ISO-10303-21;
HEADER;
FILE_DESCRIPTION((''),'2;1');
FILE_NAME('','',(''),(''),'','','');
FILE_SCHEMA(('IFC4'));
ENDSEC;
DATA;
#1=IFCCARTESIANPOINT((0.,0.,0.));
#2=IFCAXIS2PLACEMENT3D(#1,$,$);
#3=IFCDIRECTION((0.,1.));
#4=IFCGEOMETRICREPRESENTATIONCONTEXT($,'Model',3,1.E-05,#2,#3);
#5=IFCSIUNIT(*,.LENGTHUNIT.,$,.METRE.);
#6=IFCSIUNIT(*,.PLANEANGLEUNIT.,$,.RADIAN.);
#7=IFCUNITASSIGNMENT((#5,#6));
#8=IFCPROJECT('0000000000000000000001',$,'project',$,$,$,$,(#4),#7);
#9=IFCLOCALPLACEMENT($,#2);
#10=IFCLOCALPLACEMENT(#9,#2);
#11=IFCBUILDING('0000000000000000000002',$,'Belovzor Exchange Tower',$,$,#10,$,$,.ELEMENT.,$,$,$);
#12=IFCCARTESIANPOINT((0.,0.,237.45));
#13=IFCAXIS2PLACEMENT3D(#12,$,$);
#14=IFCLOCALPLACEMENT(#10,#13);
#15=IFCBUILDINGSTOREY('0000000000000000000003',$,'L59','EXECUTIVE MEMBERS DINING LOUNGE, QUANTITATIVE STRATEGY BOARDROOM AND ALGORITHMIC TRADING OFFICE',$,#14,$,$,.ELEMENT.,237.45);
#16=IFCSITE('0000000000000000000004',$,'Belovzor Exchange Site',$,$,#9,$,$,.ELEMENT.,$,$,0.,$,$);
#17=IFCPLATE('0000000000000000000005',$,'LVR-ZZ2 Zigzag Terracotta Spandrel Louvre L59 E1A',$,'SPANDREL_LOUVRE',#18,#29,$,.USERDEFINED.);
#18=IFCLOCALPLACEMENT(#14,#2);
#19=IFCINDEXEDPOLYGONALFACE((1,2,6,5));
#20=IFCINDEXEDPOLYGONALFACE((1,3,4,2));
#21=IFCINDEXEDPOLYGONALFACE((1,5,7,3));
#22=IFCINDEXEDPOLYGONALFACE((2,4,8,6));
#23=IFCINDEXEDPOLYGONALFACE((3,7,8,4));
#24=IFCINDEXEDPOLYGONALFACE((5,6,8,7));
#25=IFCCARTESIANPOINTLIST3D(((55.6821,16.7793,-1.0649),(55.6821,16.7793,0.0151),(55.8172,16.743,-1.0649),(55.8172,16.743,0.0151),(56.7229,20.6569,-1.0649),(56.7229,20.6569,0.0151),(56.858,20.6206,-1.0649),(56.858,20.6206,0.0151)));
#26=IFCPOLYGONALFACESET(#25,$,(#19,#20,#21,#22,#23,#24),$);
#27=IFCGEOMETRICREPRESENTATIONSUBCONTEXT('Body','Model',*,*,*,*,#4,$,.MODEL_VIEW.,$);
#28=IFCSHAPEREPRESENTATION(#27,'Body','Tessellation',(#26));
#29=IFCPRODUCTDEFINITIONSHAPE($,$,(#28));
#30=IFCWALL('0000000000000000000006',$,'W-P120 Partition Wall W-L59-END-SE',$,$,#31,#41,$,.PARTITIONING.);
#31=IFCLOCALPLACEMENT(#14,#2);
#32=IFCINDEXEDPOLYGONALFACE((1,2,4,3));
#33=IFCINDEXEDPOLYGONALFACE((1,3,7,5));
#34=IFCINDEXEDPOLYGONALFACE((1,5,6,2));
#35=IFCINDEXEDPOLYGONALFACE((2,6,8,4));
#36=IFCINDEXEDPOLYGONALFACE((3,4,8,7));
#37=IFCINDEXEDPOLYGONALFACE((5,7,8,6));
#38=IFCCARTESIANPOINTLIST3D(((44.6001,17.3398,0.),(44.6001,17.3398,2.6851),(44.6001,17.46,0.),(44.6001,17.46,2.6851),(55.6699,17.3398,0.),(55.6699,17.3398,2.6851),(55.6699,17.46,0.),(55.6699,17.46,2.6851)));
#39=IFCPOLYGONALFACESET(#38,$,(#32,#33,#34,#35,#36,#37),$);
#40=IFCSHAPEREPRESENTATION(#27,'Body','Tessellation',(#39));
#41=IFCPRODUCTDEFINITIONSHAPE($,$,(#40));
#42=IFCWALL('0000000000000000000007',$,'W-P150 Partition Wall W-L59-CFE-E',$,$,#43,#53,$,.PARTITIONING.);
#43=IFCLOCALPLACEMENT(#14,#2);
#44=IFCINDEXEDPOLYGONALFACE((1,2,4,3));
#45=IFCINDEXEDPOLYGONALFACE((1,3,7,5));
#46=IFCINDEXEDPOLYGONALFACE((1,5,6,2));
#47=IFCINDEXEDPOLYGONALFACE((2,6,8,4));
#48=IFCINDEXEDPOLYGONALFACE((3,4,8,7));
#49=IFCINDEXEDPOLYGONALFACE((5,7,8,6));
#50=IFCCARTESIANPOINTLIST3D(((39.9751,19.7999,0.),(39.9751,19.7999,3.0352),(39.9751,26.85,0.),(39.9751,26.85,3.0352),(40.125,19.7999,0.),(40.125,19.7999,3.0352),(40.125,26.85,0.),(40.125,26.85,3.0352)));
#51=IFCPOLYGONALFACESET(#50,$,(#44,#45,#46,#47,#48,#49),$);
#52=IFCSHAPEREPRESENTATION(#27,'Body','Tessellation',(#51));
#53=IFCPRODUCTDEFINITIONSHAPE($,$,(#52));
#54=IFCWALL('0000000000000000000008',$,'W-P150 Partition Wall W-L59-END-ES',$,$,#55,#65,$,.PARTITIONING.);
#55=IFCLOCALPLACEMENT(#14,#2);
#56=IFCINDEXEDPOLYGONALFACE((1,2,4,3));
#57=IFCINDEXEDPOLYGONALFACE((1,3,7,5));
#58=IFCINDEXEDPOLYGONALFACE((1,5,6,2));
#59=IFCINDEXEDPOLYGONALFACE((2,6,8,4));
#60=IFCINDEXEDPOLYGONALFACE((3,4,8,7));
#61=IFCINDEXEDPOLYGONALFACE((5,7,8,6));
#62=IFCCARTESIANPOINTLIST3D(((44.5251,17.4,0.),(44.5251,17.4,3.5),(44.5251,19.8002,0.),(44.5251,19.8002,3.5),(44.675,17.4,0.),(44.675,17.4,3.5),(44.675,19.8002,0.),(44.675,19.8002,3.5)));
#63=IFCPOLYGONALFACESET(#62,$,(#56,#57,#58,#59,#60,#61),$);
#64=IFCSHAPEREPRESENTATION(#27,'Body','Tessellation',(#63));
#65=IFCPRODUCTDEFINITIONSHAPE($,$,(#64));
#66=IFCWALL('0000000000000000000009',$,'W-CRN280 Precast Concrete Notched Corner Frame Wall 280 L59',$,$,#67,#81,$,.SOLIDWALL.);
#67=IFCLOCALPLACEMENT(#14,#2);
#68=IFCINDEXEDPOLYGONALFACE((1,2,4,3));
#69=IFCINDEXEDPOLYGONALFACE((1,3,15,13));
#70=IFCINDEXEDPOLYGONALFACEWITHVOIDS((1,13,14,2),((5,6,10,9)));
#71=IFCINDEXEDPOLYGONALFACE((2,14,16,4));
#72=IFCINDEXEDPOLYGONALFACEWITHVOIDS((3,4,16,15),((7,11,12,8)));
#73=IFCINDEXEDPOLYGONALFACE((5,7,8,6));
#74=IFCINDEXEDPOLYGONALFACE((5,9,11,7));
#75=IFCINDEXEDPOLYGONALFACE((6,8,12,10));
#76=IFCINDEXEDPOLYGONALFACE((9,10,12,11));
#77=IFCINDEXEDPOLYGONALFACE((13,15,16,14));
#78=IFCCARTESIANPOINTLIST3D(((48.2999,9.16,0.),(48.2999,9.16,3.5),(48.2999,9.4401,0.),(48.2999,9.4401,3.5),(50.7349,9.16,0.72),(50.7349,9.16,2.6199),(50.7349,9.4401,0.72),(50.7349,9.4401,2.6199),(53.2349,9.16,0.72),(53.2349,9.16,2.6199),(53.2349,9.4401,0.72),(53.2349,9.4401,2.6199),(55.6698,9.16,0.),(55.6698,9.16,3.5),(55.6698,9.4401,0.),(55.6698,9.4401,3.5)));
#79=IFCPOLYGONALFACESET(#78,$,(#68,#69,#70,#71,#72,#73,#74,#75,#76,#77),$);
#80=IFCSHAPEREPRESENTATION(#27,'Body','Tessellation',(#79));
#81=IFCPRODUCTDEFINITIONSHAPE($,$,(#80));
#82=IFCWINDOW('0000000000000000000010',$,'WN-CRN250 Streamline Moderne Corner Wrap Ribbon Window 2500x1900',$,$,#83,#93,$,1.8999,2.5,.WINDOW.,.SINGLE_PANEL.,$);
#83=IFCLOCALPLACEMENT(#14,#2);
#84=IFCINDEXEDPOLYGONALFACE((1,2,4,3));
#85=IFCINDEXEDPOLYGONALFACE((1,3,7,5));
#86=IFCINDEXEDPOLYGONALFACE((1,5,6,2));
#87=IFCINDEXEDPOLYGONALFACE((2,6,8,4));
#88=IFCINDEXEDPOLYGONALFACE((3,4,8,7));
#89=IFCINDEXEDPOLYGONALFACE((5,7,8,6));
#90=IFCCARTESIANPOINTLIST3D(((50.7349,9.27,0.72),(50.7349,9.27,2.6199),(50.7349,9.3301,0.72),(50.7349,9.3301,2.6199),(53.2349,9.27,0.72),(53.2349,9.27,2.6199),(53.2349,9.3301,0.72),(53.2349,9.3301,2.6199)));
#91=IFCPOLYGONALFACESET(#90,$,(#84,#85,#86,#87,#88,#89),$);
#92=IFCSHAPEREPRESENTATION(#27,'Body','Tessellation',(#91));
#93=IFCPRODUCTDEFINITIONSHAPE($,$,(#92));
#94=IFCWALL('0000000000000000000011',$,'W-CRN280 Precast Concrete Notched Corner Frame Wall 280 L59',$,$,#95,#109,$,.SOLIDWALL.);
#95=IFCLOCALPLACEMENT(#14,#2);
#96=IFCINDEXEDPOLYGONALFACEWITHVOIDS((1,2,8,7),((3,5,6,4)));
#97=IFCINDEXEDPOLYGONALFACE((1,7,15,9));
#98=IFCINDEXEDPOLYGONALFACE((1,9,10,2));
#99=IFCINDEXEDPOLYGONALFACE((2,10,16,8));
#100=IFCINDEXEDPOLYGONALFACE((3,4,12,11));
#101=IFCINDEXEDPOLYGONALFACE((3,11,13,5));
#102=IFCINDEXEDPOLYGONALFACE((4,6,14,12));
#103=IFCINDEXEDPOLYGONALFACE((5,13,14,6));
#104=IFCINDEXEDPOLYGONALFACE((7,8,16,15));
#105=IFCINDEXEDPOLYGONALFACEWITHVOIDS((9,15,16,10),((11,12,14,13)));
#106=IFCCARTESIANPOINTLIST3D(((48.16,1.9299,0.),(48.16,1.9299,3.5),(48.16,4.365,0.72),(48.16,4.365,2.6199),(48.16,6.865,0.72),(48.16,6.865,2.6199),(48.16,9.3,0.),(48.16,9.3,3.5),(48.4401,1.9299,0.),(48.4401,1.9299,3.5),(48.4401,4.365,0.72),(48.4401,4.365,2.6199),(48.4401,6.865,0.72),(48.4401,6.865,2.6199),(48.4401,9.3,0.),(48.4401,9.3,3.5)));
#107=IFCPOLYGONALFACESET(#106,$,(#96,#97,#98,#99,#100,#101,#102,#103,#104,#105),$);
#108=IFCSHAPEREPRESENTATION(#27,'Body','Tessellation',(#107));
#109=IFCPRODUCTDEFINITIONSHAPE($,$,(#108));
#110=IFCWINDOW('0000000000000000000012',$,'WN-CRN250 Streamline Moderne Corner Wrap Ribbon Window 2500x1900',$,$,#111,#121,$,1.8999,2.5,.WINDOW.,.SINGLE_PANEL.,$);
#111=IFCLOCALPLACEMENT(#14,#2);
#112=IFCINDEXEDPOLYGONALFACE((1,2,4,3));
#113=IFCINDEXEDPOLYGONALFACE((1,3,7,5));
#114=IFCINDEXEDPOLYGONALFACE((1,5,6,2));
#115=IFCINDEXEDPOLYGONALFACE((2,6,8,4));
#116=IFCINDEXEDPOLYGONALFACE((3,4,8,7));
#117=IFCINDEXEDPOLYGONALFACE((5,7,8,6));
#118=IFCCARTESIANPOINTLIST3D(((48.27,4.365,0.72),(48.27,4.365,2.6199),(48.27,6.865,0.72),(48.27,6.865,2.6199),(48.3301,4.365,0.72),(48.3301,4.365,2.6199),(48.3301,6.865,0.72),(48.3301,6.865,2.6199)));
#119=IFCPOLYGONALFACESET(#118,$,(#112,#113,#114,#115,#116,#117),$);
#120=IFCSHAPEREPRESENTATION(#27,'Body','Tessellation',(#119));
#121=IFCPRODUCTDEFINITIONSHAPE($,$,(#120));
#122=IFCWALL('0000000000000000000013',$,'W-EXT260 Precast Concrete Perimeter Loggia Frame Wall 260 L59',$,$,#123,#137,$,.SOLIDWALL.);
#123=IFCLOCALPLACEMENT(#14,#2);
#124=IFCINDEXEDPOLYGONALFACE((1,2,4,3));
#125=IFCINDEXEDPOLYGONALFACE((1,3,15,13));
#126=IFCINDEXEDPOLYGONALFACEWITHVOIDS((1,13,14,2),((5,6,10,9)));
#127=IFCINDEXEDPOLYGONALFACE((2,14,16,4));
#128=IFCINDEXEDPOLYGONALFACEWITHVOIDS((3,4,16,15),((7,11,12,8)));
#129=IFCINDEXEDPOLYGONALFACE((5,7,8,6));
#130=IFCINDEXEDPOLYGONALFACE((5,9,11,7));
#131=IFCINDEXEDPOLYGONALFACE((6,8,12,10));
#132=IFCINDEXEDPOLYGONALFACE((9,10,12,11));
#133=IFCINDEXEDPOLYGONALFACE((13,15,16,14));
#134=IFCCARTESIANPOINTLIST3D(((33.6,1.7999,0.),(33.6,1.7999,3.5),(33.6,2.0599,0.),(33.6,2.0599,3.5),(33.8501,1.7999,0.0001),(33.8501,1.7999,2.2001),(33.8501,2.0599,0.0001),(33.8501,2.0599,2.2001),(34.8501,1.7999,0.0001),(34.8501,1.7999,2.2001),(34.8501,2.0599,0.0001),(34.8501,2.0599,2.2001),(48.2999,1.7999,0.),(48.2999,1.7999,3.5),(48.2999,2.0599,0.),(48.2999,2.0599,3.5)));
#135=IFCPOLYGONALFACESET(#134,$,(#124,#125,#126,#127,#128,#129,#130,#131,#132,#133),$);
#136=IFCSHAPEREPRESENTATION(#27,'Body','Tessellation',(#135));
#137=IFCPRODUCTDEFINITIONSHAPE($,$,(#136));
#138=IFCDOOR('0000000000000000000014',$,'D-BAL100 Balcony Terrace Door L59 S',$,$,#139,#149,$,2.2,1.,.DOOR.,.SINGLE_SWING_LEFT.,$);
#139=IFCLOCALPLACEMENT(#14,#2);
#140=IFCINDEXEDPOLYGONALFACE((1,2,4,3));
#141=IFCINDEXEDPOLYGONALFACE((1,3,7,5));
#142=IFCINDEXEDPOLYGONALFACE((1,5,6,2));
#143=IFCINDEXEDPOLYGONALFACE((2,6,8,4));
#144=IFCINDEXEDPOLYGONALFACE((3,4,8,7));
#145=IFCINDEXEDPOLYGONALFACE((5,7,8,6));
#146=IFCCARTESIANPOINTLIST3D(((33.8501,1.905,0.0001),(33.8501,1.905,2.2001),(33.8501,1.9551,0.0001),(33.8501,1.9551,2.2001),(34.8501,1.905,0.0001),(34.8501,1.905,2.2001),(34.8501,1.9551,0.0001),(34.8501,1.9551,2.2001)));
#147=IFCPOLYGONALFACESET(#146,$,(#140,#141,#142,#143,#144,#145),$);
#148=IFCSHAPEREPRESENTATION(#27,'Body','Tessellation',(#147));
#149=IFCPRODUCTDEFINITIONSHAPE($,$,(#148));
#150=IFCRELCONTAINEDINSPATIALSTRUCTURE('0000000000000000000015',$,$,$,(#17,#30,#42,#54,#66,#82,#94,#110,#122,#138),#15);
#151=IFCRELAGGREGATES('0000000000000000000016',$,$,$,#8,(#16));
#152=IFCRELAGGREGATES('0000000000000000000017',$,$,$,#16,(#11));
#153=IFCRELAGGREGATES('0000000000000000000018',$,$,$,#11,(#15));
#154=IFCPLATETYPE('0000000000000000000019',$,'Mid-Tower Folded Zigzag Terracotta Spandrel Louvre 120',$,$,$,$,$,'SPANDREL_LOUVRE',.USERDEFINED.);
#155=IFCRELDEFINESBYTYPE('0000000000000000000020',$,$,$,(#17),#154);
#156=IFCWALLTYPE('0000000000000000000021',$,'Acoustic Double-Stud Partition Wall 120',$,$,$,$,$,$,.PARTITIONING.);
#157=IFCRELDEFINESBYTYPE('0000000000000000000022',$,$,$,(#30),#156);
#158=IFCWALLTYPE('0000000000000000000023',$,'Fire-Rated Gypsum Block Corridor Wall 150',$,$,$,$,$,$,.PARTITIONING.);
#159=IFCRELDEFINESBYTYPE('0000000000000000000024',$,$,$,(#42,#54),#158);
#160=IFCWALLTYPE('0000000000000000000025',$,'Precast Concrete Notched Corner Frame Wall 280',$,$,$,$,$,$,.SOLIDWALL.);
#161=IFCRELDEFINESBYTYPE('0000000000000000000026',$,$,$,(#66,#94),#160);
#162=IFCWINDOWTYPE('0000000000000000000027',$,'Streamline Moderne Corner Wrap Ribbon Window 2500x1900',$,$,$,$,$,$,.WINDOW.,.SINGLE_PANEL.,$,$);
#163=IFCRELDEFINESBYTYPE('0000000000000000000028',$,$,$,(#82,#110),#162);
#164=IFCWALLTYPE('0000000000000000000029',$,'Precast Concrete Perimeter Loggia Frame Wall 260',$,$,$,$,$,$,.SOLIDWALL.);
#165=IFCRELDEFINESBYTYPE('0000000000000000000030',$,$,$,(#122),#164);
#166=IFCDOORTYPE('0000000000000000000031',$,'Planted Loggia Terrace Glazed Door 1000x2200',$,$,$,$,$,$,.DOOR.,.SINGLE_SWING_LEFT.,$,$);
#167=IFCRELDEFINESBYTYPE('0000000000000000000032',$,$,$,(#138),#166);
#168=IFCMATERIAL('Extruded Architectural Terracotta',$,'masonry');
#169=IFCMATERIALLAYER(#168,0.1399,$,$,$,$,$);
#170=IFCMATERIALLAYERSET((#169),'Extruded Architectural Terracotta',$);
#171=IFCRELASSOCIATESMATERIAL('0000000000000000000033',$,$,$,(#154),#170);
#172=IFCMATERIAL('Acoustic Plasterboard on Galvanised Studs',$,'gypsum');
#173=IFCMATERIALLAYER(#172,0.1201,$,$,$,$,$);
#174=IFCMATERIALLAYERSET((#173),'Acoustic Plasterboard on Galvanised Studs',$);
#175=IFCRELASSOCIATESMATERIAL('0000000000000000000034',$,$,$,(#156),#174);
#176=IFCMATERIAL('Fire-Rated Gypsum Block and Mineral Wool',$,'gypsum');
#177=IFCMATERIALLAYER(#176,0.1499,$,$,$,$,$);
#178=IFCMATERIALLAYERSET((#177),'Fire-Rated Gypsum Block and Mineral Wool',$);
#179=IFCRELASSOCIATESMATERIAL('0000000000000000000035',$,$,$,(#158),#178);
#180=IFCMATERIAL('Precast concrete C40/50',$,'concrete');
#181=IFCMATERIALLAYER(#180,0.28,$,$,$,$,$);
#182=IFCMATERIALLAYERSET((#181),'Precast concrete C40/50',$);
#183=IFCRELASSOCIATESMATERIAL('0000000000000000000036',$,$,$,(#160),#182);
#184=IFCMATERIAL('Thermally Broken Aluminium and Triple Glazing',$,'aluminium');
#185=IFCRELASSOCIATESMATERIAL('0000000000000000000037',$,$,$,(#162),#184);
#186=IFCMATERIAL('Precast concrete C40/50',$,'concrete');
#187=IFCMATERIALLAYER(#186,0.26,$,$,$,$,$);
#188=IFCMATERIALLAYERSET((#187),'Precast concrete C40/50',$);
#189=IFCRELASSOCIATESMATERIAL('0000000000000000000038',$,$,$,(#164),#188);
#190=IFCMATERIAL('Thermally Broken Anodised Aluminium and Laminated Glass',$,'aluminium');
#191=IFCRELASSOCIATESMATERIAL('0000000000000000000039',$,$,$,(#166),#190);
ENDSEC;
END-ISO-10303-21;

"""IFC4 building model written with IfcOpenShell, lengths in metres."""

from ifc_helpers import new_model, si_unit, direction, frame, frame_2d, origin, origin_2d, place, context, subcontext, project, spatial, rectangle, extrude, material, layer, layer_set, type_object, element, fill, save


model = new_model("IFC4")

# Units and contexts
model_context = context("Model", 3, precision=1e-05, world=origin(), true_north=direction((0.0, 1.0)))
body_context = subcontext(model_context, "Body", "Model", "MODEL_VIEW")
ifc_project = project(units=[si_unit("LENGTHUNIT", "METRE"), si_unit("PLANEANGLEUNIT", "RADIAN")], contexts=[model_context])

# Site, building, storey
site_placement = place(None, origin())
site = spatial("IfcSite", under=ifc_project, at=site_placement, Name="Belovzor Exchange Site", CompositionType="ELEMENT", RefElevation=0.0)
building_placement = place(site_placement, origin())
building = spatial("IfcBuilding", under=site, at=building_placement, Name="Belovzor Exchange Tower", CompositionType="ELEMENT")
storey_placement = place(building_placement, frame((0.0, 0.0, 237.45)))
storey = spatial("IfcBuildingStorey", under=building, at=storey_placement, Name="L59", Description="EXECUTIVE MEMBERS DINING LOUNGE, QUANTITATIVE STRATEGY BOARDROOM AND ALGORITHMIC TRADING OFFICE", CompositionType="ELEMENT", Elevation=237.45)

# Plate
ifc_material_1 = material(Name="Extruded Architectural Terracotta", Category="masonry")
ifc_layer_1 = layer(ifc_material_1, 0.1399)
ifc_layer_set_1 = layer_set([ifc_layer_1], Name="Extruded Architectural Terracotta")
plate_type = type_object("IfcPlateType", Name="Mid-Tower Folded Zigzag Terracotta Spandrel Louvre 120", ElementType="SPANDREL_LOUVRE", PredefinedType="USERDEFINED", material=ifc_layer_set_1)
plate_placement = place(storey_placement, frame((56.27, 18.7, -1.0649), z_axis=(0.0, 0.0, 1.0), x_axis=(0.25924, 0.965813, 0.0)))
element("IfcPlate", 1, at=plate_placement, inside=storey, type_object=plate_type, Name="LVR-ZZ2 Zigzag Terracotta Spandrel Louvre L59 E1A", ObjectType="SPANDREL_LOUVRE", PredefinedType="USERDEFINED", context=body_context, shape_type="SweptSolid", body=[
    extrude(rectangle(XDim=4.0149, YDim=0.1399, at=origin_2d()), origin(), (0.0, 0.0, 1.0), 1.0801),
])

# Walls
ifc_material_2 = material(Name="Acoustic Plasterboard on Galvanised Studs", Category="gypsum")
ifc_layer_2 = layer(ifc_material_2, 0.1201)
ifc_layer_set_2 = layer_set([ifc_layer_2], Name="Acoustic Plasterboard on Galvanised Studs")
wall_type_1 = type_object("IfcWallType", Name="Acoustic Double-Stud Partition Wall 120", PredefinedType="PARTITIONING", material=ifc_layer_set_2)
wall_1_placement = place(storey_placement, frame((44.6001, 17.3999, 0.0), z_axis=(0.0, 0.0, 1.0), x_axis=(1.0, 0.0, 0.0)))
element("IfcWall", 2, at=wall_1_placement, inside=storey, type_object=wall_type_1, Name="W-P120 Partition Wall W-L59-END-SE", PredefinedType="PARTITIONING", context=body_context, shape_type="SweptSolid", body=[
    extrude(rectangle(XDim=11.0698, YDim=0.1201, at=frame_2d((5.5349, 0.0))), origin(), (0.0, 0.0, 1.0), 2.6851),
])
ifc_material_3 = material(Name="Fire-Rated Gypsum Block and Mineral Wool", Category="gypsum")
ifc_layer_3 = layer(ifc_material_3, 0.1499)
ifc_layer_set_3 = layer_set([ifc_layer_3], Name="Fire-Rated Gypsum Block and Mineral Wool")
wall_type_2 = type_object("IfcWallType", Name="Fire-Rated Gypsum Block Corridor Wall 150", PredefinedType="PARTITIONING", material=ifc_layer_set_3)
wall_2_placement = place(storey_placement, frame((40.05, 19.8, 0.0), z_axis=(0.0, 0.0, 1.0), x_axis=(0.0, 1.0, 0.0)))
element("IfcWall", 3, at=wall_2_placement, inside=storey, type_object=wall_type_2, Name="W-P150 Partition Wall W-L59-CFE-E", PredefinedType="PARTITIONING", context=body_context, shape_type="SweptSolid", body=[
    extrude(rectangle(XDim=7.05, YDim=0.1499, at=frame_2d((3.5249, 0.0))), origin(), (0.0, 0.0, 1.0), 3.0352),
])
wall_3_placement = place(storey_placement, frame((44.6001, 17.3999, 0.0), z_axis=(0.0, 0.0, 1.0), x_axis=(0.0, 1.0, 0.0)))
element("IfcWall", 4, at=wall_3_placement, inside=storey, type_object=wall_type_2, Name="W-P150 Partition Wall W-L59-END-ES", PredefinedType="PARTITIONING", context=body_context, shape_type="SweptSolid", body=[
    extrude(rectangle(XDim=2.4001, YDim=0.1499, at=frame_2d((1.2002, 0.0))), origin(), (0.0, 0.0, 1.0), 3.5),
])

# Walls, openings, windows
ifc_material_4 = material(Name="Precast concrete C40/50", Category="concrete")
ifc_layer_4 = layer(ifc_material_4, 0.28)
ifc_layer_set_4 = layer_set([ifc_layer_4], Name="Precast concrete C40/50")
wall_type_3 = type_object("IfcWallType", Name="Precast Concrete Notched Corner Frame Wall 280", PredefinedType="SOLIDWALL", material=ifc_layer_set_4)
wall_4_placement = place(storey_placement, frame((55.6699, 9.3, 0.0), z_axis=(0.0, 0.0, 1.0), x_axis=(-1.0, 0.0, 0.0)))
wall_4 = element("IfcWall", 5, at=wall_4_placement, inside=storey, type_object=wall_type_3, Name="W-CRN280 Precast Concrete Notched Corner Frame Wall 280 L59", PredefinedType="SOLIDWALL", context=body_context, shape_type="SweptSolid", body=[
    extrude(rectangle(XDim=7.3699, YDim=0.28, at=frame_2d((3.6851, 0.0))), origin(), (0.0, 0.0, 1.0), 3.5),
])
opening_1_placement = place(wall_4_placement, frame((2.4351, 0.0, 0.72)))
opening_1 = element("IfcOpeningElement", 6, at=opening_1_placement, cuts=wall_4, PredefinedType="OPENING", context=body_context, shape_type="SweptSolid", body=[
    extrude(rectangle(XDim=2.5, YDim=1.8999, at=frame_2d((1.25, 0.95))), frame((0.0, 0.1499, 0.0), z_axis=(0.0, -1.0, 0.0), x_axis=(1.0, 0.0, 0.0)), (0.0, 0.0, 1.0), 0.3),
])
ifc_material_5 = material(Name="Thermally Broken Aluminium and Triple Glazing", Category="aluminium")
window_type = type_object("IfcWindowType", Name="Streamline Moderne Corner Wrap Ribbon Window 2500x1900", PartitioningType="SINGLE_PANEL", PredefinedType="WINDOW", material=ifc_material_5)
window_1_placement = place(opening_1_placement, origin())
window_1 = element("IfcWindow", 7, at=window_1_placement, inside=storey, type_object=window_type, Name="WN-CRN250 Streamline Moderne Corner Wrap Ribbon Window 2500x1900", OverallHeight=1.8999, OverallWidth=2.5, PartitioningType="SINGLE_PANEL", PredefinedType="WINDOW", context=body_context, shape_type="SweptSolid", body=[
    extrude(rectangle(XDim=2.5, YDim=1.8999, at=frame_2d((1.25, 0.95))), frame((0.0, 0.03, 0.0), z_axis=(0.0, -1.0, 0.0), x_axis=(1.0, 0.0, 0.0)), (0.0, 0.0, 1.0), 0.0601),
])
fill(opening_1, window_1)
wall_5_placement = place(storey_placement, frame((48.3, 9.3, 0.0), z_axis=(0.0, 0.0, 1.0), x_axis=(0.0, -1.0, 0.0)))
wall_5 = element("IfcWall", 8, at=wall_5_placement, inside=storey, type_object=wall_type_3, Name="W-CRN280 Precast Concrete Notched Corner Frame Wall 280 L59", PredefinedType="SOLIDWALL", context=body_context, shape_type="SweptSolid", body=[
    extrude(rectangle(XDim=7.3701, YDim=0.28, at=frame_2d((3.6851, 0.0))), origin(), (0.0, 0.0, 1.0), 3.5),
])
opening_2_placement = place(wall_5_placement, frame((2.4351, 0.0, 0.72)))
opening_2 = element("IfcOpeningElement", 9, at=opening_2_placement, cuts=wall_5, PredefinedType="OPENING", context=body_context, shape_type="SweptSolid", body=[
    extrude(rectangle(XDim=2.5, YDim=1.8999, at=frame_2d((1.25, 0.95))), frame((0.0, 0.1499, 0.0), z_axis=(0.0, -1.0, 0.0), x_axis=(1.0, 0.0, 0.0)), (0.0, 0.0, 1.0), 0.3),
])
window_2_placement = place(opening_2_placement, origin())
window_2 = element("IfcWindow", 10, at=window_2_placement, inside=storey, type_object=window_type, Name="WN-CRN250 Streamline Moderne Corner Wrap Ribbon Window 2500x1900", OverallHeight=1.8999, OverallWidth=2.5, PartitioningType="SINGLE_PANEL", PredefinedType="WINDOW", context=body_context, shape_type="SweptSolid", body=[
    extrude(rectangle(XDim=2.5, YDim=1.8999, at=frame_2d((1.25, 0.95))), frame((0.0, 0.03, 0.0), z_axis=(0.0, -1.0, 0.0), x_axis=(1.0, 0.0, 0.0)), (0.0, 0.0, 1.0), 0.0601),
])
fill(opening_2, window_2)

# Wall, opening, door
ifc_material_6 = material(Name="Precast concrete C40/50", Category="concrete")
ifc_layer_5 = layer(ifc_material_6, 0.26)
ifc_layer_set_5 = layer_set([ifc_layer_5], Name="Precast concrete C40/50")
wall_type_4 = type_object("IfcWallType", Name="Precast Concrete Perimeter Loggia Frame Wall 260", PredefinedType="SOLIDWALL", material=ifc_layer_set_5)
wall_6_placement = place(storey_placement, frame((48.3, 1.9299, 0.0), z_axis=(0.0, 0.0, 1.0), x_axis=(-1.0, 0.0, 0.0)))
wall_6 = element("IfcWall", 11, at=wall_6_placement, inside=storey, type_object=wall_type_4, Name="W-EXT260 Precast Concrete Perimeter Loggia Frame Wall 260 L59", PredefinedType="SOLIDWALL", context=body_context, shape_type="SweptSolid", body=[
    extrude(rectangle(XDim=14.7, YDim=0.26, at=frame_2d((7.3501, 0.0))), origin(), (0.0, 0.0, 1.0), 3.5),
])
opening_3_placement = place(wall_6_placement, frame((13.45, 0.0, 0.0)))
opening_3 = element("IfcOpeningElement", 12, at=opening_3_placement, cuts=wall_6, PredefinedType="OPENING", context=body_context, shape_type="SweptSolid", body=[
    extrude(rectangle(XDim=1.0, YDim=2.2, at=frame_2d((0.5, 1.1001))), frame((0.0, 0.1399, 0.0), z_axis=(0.0, -1.0, 0.0), x_axis=(1.0, 0.0, 0.0)), (0.0, 0.0, 1.0), 0.28),
])
ifc_material_7 = material(Name="Thermally Broken Anodised Aluminium and Laminated Glass", Category="aluminium")
door_type = type_object("IfcDoorType", Name="Planted Loggia Terrace Glazed Door 1000x2200", OperationType="SINGLE_SWING_LEFT", PredefinedType="DOOR", material=ifc_material_7)
door_placement = place(opening_3_placement, origin())
door = element("IfcDoor", 13, at=door_placement, inside=storey, type_object=door_type, Name="D-BAL100 Balcony Terrace Door L59 S", OperationType="SINGLE_SWING_LEFT", OverallHeight=2.2, OverallWidth=1.0, PredefinedType="DOOR", context=body_context, shape_type="SweptSolid", body=[
    extrude(rectangle(XDim=1.0, YDim=2.2, at=frame_2d((0.5, 1.1001))), frame((0.0, 0.0249, 0.0), z_axis=(0.0, -1.0, 0.0), x_axis=(1.0, 0.0, 0.0)), (0.0, 0.0, 1.0), 0.05),
])
fill(opening_3, door)

save(model, "model.ifc")
